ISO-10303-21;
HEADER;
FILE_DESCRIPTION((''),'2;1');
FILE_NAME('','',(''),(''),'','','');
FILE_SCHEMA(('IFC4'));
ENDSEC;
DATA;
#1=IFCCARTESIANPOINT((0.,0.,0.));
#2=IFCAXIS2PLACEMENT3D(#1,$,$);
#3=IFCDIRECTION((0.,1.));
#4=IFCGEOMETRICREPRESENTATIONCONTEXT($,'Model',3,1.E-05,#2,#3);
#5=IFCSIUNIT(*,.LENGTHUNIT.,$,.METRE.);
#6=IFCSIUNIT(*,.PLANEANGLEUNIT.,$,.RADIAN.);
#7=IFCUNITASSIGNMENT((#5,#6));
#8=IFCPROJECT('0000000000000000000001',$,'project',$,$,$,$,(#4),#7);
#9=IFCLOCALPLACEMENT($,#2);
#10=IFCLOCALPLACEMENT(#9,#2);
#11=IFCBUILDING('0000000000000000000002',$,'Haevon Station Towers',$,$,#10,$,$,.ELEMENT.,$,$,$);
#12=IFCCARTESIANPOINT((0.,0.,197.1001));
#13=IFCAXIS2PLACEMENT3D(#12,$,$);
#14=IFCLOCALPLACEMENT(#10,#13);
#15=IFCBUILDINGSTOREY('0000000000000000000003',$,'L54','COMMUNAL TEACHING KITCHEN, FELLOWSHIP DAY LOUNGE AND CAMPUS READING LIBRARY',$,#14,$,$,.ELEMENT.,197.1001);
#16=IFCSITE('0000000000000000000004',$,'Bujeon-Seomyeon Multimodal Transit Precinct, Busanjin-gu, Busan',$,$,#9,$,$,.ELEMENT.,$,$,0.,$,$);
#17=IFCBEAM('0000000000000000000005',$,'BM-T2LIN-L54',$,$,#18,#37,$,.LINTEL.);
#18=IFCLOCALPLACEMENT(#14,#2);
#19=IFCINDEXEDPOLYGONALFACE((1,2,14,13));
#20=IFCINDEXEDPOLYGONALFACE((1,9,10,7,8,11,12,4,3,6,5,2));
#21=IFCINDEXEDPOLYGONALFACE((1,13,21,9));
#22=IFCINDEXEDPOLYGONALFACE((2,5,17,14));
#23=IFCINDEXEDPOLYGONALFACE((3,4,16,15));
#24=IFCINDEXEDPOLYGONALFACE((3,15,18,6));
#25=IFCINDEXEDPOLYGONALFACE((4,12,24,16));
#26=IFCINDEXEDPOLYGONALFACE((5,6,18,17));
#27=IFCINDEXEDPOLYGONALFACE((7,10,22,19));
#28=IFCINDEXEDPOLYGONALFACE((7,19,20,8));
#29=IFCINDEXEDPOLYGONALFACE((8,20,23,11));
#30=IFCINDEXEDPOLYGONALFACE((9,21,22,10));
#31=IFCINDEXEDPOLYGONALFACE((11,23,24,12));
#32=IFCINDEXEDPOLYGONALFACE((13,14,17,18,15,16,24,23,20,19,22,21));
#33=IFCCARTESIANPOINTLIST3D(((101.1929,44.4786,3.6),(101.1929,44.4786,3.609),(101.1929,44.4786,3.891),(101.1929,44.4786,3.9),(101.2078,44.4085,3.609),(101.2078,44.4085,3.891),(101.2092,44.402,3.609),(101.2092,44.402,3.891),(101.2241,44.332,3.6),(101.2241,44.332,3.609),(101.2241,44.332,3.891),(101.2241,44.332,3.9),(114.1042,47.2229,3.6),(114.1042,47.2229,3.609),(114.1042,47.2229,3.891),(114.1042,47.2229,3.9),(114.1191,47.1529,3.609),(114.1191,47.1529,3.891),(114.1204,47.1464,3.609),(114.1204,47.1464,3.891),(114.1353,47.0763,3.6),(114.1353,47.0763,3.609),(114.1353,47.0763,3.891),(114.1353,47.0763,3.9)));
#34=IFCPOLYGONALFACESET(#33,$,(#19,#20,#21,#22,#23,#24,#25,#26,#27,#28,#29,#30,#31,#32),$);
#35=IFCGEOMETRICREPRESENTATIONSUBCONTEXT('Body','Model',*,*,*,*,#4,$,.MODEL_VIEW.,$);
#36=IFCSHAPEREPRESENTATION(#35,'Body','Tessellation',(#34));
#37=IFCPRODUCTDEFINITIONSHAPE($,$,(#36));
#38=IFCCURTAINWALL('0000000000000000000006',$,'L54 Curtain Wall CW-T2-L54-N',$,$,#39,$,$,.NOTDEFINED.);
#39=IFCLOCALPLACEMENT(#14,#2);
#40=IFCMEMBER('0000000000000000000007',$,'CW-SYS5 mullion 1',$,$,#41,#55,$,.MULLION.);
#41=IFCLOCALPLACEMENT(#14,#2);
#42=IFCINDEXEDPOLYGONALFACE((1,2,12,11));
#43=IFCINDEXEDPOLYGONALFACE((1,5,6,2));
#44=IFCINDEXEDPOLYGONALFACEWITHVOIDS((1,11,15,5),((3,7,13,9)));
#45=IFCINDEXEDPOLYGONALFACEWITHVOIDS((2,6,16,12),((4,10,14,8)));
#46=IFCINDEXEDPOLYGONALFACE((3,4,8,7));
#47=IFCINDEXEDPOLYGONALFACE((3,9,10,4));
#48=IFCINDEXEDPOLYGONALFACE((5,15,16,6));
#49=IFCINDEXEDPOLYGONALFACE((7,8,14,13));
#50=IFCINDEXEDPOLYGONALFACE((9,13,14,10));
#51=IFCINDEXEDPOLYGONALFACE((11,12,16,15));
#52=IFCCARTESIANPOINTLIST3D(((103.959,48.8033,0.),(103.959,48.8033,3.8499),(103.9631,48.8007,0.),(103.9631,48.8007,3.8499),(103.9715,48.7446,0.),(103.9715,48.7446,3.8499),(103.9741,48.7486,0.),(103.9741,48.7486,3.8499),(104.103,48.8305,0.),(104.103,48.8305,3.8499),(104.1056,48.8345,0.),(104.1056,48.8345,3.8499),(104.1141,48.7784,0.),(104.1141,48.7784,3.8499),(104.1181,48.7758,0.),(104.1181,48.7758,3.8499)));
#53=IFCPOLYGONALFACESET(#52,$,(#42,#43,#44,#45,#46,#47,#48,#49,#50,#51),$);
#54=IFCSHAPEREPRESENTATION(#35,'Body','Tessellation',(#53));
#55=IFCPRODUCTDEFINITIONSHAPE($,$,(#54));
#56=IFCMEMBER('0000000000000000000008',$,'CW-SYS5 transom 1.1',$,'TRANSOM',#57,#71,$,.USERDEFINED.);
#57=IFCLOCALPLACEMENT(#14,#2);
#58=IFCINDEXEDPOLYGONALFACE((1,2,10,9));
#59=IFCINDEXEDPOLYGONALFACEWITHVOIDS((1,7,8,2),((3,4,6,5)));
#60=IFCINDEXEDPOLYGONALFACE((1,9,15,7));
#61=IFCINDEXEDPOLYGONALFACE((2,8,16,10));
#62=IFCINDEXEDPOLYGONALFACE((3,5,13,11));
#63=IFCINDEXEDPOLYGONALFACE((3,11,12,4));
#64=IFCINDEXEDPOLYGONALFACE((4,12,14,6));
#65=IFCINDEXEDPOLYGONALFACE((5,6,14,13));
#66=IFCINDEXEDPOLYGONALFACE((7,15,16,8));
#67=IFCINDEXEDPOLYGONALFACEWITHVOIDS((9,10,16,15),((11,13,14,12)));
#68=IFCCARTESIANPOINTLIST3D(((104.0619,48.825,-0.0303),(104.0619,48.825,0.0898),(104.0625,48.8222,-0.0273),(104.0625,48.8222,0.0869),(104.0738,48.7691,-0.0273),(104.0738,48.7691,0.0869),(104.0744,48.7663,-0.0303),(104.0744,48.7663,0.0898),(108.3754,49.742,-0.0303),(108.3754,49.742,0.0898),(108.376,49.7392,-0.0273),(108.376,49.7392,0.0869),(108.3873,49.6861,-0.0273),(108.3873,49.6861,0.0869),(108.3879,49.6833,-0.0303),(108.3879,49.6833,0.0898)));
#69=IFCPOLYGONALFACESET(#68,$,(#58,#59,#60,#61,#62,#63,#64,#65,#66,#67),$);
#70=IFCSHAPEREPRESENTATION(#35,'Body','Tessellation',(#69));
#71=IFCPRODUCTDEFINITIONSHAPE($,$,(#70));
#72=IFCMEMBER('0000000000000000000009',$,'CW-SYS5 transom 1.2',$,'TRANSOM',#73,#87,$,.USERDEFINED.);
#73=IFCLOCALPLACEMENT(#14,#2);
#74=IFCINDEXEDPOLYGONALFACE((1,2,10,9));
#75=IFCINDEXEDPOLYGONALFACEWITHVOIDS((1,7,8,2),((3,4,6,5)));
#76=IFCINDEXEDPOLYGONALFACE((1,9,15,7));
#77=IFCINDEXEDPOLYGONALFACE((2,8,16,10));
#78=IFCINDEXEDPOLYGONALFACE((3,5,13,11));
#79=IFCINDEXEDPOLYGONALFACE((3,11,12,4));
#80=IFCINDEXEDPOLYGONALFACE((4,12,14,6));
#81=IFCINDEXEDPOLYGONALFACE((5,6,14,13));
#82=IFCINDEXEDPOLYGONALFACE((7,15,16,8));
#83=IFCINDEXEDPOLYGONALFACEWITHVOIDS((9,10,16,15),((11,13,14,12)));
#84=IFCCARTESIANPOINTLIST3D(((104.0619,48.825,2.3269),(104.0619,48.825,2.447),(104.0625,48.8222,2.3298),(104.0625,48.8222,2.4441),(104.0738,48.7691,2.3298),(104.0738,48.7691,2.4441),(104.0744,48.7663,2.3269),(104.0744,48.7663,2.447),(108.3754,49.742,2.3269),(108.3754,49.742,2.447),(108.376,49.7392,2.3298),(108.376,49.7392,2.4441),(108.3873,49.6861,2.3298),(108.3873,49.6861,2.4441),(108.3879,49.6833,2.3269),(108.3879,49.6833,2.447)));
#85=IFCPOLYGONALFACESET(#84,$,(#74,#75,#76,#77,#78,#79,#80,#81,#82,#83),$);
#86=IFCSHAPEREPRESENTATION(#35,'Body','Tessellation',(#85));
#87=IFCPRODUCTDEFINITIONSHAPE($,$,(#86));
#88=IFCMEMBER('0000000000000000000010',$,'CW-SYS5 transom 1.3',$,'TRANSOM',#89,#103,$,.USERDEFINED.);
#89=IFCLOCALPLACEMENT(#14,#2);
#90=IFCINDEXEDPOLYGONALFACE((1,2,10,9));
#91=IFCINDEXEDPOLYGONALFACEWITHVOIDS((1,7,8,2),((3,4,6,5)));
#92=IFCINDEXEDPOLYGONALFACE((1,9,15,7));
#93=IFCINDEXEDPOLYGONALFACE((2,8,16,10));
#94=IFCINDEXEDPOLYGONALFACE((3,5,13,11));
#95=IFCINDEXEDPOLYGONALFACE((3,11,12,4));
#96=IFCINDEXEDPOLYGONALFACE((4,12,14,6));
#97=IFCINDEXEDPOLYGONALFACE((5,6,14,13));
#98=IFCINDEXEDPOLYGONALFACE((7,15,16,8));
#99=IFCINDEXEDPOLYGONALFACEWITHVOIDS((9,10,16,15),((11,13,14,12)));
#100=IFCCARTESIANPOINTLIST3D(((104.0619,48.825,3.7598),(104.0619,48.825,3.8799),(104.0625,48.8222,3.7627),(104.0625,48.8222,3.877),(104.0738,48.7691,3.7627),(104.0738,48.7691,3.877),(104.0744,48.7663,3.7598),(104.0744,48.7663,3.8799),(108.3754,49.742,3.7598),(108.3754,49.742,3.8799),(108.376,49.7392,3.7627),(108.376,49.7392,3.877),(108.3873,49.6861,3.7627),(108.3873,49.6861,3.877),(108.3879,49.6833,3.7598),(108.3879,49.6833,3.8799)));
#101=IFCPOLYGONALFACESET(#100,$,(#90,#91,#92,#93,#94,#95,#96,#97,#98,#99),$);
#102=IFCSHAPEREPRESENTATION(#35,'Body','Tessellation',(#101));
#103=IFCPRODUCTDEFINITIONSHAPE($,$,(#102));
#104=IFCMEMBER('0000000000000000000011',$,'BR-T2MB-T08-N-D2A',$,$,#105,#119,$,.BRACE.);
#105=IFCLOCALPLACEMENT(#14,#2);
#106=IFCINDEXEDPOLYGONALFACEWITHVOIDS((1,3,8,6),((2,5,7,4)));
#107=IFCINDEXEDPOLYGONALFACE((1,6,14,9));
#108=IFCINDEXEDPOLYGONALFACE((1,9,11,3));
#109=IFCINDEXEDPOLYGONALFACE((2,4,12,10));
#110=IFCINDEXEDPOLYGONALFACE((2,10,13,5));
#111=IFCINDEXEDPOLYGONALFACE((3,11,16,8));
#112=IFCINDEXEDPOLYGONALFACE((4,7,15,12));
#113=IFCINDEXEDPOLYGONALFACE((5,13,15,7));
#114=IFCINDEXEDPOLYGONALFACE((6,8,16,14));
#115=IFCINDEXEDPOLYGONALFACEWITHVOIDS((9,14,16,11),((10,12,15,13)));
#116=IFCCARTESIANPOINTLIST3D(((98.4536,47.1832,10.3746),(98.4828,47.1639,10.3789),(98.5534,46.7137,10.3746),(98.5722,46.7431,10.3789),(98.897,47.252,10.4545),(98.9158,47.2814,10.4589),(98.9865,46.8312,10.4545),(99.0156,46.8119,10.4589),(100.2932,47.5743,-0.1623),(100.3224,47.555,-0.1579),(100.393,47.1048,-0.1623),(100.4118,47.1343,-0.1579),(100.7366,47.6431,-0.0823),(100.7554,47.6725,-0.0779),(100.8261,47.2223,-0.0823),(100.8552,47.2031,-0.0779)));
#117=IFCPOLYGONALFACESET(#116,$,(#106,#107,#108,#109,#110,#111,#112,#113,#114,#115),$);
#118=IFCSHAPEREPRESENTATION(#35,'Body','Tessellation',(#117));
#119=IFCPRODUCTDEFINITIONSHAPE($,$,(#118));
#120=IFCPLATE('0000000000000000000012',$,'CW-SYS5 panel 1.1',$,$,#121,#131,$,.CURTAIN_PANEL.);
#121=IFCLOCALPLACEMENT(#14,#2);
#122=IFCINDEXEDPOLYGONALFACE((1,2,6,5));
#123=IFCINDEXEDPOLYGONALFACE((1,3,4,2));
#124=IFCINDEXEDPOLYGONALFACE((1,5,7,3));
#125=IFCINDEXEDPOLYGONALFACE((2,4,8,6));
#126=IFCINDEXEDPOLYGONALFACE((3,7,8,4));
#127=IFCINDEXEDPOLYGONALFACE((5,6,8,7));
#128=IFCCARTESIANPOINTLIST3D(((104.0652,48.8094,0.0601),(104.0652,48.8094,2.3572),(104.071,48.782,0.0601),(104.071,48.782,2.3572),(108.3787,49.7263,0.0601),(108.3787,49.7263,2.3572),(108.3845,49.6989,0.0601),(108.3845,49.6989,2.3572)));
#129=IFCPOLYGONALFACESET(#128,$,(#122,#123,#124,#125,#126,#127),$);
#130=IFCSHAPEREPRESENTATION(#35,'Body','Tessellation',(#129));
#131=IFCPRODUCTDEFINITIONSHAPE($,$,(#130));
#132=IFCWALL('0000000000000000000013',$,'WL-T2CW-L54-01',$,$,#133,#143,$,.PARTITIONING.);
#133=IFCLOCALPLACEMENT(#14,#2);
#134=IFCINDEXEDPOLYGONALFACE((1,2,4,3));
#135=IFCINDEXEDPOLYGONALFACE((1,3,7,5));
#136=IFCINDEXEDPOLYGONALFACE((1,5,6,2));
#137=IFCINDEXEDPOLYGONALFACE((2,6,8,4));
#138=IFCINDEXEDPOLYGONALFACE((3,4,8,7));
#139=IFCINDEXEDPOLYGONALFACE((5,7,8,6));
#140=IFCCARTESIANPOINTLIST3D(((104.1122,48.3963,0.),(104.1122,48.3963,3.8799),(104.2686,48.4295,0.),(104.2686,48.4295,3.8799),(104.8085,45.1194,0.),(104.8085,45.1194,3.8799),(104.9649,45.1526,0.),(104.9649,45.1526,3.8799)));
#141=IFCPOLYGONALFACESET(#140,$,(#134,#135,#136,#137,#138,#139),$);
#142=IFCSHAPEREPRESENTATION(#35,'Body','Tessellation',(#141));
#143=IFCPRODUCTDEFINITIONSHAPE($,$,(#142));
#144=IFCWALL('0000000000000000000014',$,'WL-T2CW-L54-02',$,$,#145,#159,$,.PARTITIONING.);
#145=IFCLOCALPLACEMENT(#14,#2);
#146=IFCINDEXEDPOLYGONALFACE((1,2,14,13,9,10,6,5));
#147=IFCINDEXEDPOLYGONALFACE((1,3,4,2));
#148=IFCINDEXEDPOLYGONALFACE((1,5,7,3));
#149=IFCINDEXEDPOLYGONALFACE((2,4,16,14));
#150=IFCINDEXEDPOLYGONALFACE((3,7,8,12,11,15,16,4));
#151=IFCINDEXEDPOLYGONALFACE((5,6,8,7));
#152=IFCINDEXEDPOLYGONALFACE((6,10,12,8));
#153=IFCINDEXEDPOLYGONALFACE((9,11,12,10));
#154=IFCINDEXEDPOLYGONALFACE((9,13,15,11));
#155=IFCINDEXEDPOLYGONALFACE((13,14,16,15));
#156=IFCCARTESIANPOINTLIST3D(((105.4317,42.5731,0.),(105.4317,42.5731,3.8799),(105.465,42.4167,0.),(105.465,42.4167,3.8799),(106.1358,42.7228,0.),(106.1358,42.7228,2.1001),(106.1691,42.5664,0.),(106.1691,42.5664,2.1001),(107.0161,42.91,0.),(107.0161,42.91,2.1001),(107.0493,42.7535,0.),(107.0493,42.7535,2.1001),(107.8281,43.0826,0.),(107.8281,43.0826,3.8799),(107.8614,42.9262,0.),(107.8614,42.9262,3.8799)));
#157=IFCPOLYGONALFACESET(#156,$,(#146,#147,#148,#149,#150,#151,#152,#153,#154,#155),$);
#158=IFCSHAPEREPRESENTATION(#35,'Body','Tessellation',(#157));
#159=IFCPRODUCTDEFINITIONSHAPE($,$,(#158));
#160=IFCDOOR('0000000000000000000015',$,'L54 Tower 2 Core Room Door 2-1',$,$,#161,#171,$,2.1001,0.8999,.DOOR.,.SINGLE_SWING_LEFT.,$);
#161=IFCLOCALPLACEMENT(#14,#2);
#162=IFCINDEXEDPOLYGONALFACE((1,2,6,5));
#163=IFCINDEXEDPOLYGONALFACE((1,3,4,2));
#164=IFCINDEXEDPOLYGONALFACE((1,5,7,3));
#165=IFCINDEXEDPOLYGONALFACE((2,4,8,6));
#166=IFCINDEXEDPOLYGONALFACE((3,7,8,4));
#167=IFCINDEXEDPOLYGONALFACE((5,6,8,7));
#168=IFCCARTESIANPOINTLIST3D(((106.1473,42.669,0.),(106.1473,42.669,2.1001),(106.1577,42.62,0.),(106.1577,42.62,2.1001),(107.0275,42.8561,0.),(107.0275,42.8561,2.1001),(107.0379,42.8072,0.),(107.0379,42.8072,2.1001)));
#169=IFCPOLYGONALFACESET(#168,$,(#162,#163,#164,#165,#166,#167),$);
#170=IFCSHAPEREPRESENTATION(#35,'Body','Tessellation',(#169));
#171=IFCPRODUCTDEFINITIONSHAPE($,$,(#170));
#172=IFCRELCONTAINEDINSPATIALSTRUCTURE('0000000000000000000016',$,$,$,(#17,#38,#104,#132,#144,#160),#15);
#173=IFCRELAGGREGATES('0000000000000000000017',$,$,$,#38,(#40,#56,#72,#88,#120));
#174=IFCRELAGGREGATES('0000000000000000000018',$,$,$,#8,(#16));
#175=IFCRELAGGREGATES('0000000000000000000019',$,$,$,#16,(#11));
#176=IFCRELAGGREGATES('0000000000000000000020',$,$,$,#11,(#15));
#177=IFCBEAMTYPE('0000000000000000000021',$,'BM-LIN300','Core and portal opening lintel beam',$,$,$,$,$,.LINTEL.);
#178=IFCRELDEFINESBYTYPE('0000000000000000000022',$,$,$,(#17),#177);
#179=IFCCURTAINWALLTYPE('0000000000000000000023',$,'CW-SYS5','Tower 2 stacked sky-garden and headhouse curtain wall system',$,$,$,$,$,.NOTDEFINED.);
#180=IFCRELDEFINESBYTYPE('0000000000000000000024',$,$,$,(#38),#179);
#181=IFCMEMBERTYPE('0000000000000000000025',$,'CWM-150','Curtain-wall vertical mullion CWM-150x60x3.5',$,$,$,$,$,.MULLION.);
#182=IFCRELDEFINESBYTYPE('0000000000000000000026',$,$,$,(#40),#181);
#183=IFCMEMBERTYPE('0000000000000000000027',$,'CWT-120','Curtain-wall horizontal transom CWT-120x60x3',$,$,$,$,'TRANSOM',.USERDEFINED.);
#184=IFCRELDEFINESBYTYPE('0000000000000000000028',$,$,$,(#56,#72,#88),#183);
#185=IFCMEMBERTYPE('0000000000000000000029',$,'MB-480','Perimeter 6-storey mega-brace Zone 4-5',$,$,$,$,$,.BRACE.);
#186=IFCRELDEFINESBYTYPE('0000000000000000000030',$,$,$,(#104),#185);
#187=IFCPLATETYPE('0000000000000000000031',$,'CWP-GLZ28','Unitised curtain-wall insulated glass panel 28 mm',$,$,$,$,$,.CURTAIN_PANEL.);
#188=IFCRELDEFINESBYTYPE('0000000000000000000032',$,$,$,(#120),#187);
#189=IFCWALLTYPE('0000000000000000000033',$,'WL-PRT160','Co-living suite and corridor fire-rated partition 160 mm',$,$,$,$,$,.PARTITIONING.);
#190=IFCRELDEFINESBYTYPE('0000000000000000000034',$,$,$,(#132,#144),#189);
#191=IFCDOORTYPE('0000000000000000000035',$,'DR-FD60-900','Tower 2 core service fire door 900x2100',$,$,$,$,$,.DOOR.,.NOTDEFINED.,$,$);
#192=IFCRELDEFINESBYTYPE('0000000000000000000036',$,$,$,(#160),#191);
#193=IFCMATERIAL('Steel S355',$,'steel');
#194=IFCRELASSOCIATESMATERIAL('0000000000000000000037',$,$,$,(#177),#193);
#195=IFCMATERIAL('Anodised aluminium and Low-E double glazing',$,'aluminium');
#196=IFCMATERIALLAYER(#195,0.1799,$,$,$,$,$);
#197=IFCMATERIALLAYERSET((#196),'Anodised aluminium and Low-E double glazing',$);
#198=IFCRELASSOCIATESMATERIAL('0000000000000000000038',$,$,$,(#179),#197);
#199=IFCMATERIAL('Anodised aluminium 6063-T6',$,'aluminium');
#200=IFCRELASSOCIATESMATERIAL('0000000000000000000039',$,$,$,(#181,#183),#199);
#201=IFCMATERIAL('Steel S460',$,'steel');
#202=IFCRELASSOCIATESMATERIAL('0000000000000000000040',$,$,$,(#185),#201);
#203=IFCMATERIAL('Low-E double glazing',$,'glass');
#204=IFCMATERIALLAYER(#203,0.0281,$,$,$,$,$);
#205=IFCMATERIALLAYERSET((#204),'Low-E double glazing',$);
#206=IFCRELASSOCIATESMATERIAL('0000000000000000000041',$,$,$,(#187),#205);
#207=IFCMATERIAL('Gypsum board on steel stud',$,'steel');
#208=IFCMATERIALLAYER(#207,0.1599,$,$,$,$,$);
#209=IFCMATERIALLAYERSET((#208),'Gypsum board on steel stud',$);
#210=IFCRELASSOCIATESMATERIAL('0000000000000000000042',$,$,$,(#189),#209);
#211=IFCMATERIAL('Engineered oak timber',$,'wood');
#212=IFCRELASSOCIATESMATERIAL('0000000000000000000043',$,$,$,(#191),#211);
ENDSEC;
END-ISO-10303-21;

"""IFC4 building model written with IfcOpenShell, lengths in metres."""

from ifc_helpers import new_model, si_unit, direction, frame, frame_2d, origin, origin_2d, place, context, subcontext, project, spatial, rectangle, hollow_rectangle, i_section, extrude, material, layer, layer_set, material_profile, profile_set, type_object, element, fill, aggregate, save


model = new_model("IFC4")

# Units and contexts
model_context = context("Model", 3, precision=1e-05, world=origin(), true_north=direction((0.0, 1.0)))
body_context = subcontext(model_context, "Body", "Model", "MODEL_VIEW")
ifc_project = project(units=[si_unit("LENGTHUNIT", "METRE"), si_unit("PLANEANGLEUNIT", "RADIAN")], contexts=[model_context])

# Site, building, storey
site_placement = place(None, origin())
site = spatial("IfcSite", under=ifc_project, at=site_placement, Name="Bujeon-Seomyeon Multimodal Transit Precinct, Busanjin-gu, Busan", CompositionType="ELEMENT", RefElevation=0.0)
building_placement = place(site_placement, origin())
building = spatial("IfcBuilding", under=site, at=building_placement, Name="Haevon Station Towers", CompositionType="ELEMENT")
storey_placement = place(building_placement, frame((0.0, 0.0, 197.1001)))
storey = spatial("IfcBuildingStorey", under=building, at=storey_placement, Name="L54", Description="COMMUNAL TEACHING KITCHEN, FELLOWSHIP DAY LOUNGE AND CAMPUS READING LIBRARY", CompositionType="ELEMENT", Elevation=197.1001)

# Beam
ifc_material_1 = material(Name="Steel S355", Category="steel")
ifc_material_profile_1 = material_profile(ifc_material_1, i_section(OverallWidth=0.1499, OverallDepth=0.3, WebThickness=0.0066, FlangeThickness=0.009, at=origin_2d()), Name="H-300x150x6.5x9")
ifc_profile_set_1 = profile_set([ifc_material_profile_1], Name="Steel S355")
beam_type = type_object("IfcBeamType", Name="BM-LIN300", Description="Core and portal opening lintel beam", PredefinedType="LINTEL", material=ifc_profile_set_1)
beam_placement = place(storey_placement, frame((101.2085, 44.4053, 3.75), z_axis=(0.978148, 0.207911, 0.0), x_axis=(-0.207911, 0.978148, 0.0)))
element("IfcBeam", 1, at=beam_placement, inside=storey, type_object=beam_type, Name="BM-T2LIN-L54", PredefinedType="LINTEL", context=body_context, shape_type="SweptSolid", body=[
    extrude(i_section(OverallWidth=0.1499, OverallDepth=0.3, WebThickness=0.0066, FlangeThickness=0.009, at=origin_2d()), origin(), (0.0, 0.0, 1.0), 13.1997),
])

# Curtain wall, members
ifc_material_2 = material(Name="Anodised aluminium and Low-E double glazing", Category="aluminium")
ifc_layer_1 = layer(ifc_material_2, 0.1799)
ifc_layer_set_1 = layer_set([ifc_layer_1], Name="Anodised aluminium and Low-E double glazing")
curtain_wall_type = type_object("IfcCurtainWallType", Name="CW-SYS5", Description="Tower 2 stacked sky-garden and headhouse curtain wall system", PredefinedType="NOTDEFINED", material=ifc_layer_set_1)
curtain_wall_placement = place(storey_placement, origin())
curtain_wall = element("IfcCurtainWall", 2, at=curtain_wall_placement, inside=storey, type_object=curtain_wall_type, Name="L54 Curtain Wall CW-T2-L54-N", PredefinedType="NOTDEFINED")
ifc_material_3 = material(Name="Anodised aluminium 6063-T6", Category="aluminium")
ifc_material_profile_2 = material_profile(ifc_material_3, hollow_rectangle(XDim=0.0601, YDim=0.1499, WallThickness=0.0034, at=origin_2d()), Name="CWM-150x60x3.5")
ifc_profile_set_2 = profile_set([ifc_material_profile_2], Name="Anodised aluminium 6063-T6")
member_type_1 = type_object("IfcMemberType", Name="CWM-150", Description="Curtain-wall vertical mullion CWM-150x60x3.5", PredefinedType="MULLION", material=ifc_profile_set_2)
member_1_placement = place(storey_placement, frame((104.0386, 48.7896, 0.0), z_axis=(0.0, 0.0, 1.0), x_axis=(-0.207912, 0.978148, 0.0)))
member_1 = element("IfcMember", 3, at=member_1_placement, type_object=member_type_1, Name="CW-SYS5 mullion 1", PredefinedType="MULLION", context=body_context, shape_type="SweptSolid", body=[
    extrude(hollow_rectangle(XDim=0.0601, YDim=0.1499, WallThickness=0.0034, at=origin_2d()), origin(), (0.0, 0.0, 1.0), 3.8499),
])
ifc_material_profile_3 = material_profile(ifc_material_3, hollow_rectangle(XDim=0.0601, YDim=0.1201, WallThickness=0.0029, at=origin_2d()), Name="CWT-120x60x3")
ifc_profile_set_3 = profile_set([ifc_material_profile_3], Name="Anodised aluminium 6063-T6")
member_type_2 = type_object("IfcMemberType", Name="CWT-120", Description="Curtain-wall horizontal transom CWT-120x60x3", ElementType="TRANSOM", PredefinedType="USERDEFINED", material=ifc_profile_set_3)
member_2_placement = place(storey_placement, frame((104.0681, 48.7957, 0.0298), z_axis=(0.978141, 0.207941, 0.0), x_axis=(-0.207941, 0.978141, 0.0)))
member_2 = element("IfcMember", 4, at=member_2_placement, type_object=member_type_2, Name="CW-SYS5 transom 1.1", ObjectType="TRANSOM", PredefinedType="USERDEFINED", context=body_context, shape_type="SweptSolid", body=[
    extrude(hollow_rectangle(XDim=0.0601, YDim=0.1201, WallThickness=0.0029, at=origin_2d()), origin(), (0.0, 0.0, 1.0), 4.4099),
])
member_3_placement = place(storey_placement, frame((104.0681, 48.7957, 2.387), z_axis=(0.978141, 0.207941, 0.0), x_axis=(-0.207941, 0.978141, 0.0)))
member_3 = element("IfcMember", 5, at=member_3_placement, type_object=member_type_2, Name="CW-SYS5 transom 1.2", ObjectType="TRANSOM", PredefinedType="USERDEFINED", context=body_context, shape_type="SweptSolid", body=[
    extrude(hollow_rectangle(XDim=0.0601, YDim=0.1201, WallThickness=0.0029, at=origin_2d()), origin(), (0.0, 0.0, 1.0), 4.4099),
])
member_4_placement = place(storey_placement, frame((104.0681, 48.7957, 3.8198), z_axis=(0.978141, 0.207941, 0.0), x_axis=(-0.207941, 0.978141, 0.0)))
member_4 = element("IfcMember", 6, at=member_4_placement, type_object=member_type_2, Name="CW-SYS5 transom 1.3", ObjectType="TRANSOM", PredefinedType="USERDEFINED", context=body_context, shape_type="SweptSolid", body=[
    extrude(hollow_rectangle(XDim=0.0601, YDim=0.1201, WallThickness=0.0029, at=origin_2d()), origin(), (0.0, 0.0, 1.0), 4.4099),
])

# Member
ifc_material_4 = material(Name="Steel S460", Category="steel")
ifc_material_profile_4 = material_profile(ifc_material_4, hollow_rectangle(XDim=0.48, YDim=0.48, WallThickness=0.0249, at=origin_2d()), Name="RHS-480x480x25")
ifc_profile_set_4 = profile_set([ifc_material_profile_4], Name="Steel S460")
member_type_3 = type_object("IfcMemberType", Name="MB-480", Description="Perimeter 6-storey mega-brace Zone 4-5", PredefinedType="BRACE", material=ifc_profile_set_4)
member_5_placement = place(storey_placement, frame((100.5742, 47.3887, -0.1201), z_axis=(-0.171871, -0.036541, 0.984442), x_axis=(0.20796, -0.978137, 0.0)))
element("IfcMember", 7, at=member_5_placement, inside=storey, type_object=member_type_3, Name="BR-T2MB-T08-N-D2A", PredefinedType="BRACE", context=body_context, shape_type="SweptSolid", body=[
    extrude(hollow_rectangle(XDim=0.48, YDim=0.48, WallThickness=0.0249, at=origin_2d()), origin(), (0.0, 0.0, 1.0), 10.7034),
])

# Plate
ifc_material_5 = material(Name="Low-E double glazing", Category="glass")
ifc_layer_2 = layer(ifc_material_5, 0.0281)
ifc_layer_set_2 = layer_set([ifc_layer_2], Name="Low-E double glazing")
plate_type = type_object("IfcPlateType", Name="CWP-GLZ28", Description="Unitised curtain-wall insulated glass panel 28 mm", PredefinedType="CURTAIN_PANEL", material=ifc_layer_set_2)
plate_placement = place(storey_placement, frame((106.2249, 49.2542, 0.0601), z_axis=(0.0, 0.0, 1.0), x_axis=(0.978148, 0.207912, 0.0)))
plate = element("IfcPlate", 8, at=plate_placement, type_object=plate_type, Name="CW-SYS5 panel 1.1", PredefinedType="CURTAIN_PANEL", context=body_context, shape_type="SweptSolid", body=[
    extrude(rectangle(XDim=4.4099, YDim=0.0281, at=origin_2d()), origin(), (0.0, 0.0, 1.0), 2.2971),
])
aggregate(curtain_wall, [member_1, member_2, member_3, member_4, plate])

# Wall
ifc_material_6 = material(Name="Gypsum board on steel stud", Category="steel")
ifc_layer_3 = layer(ifc_material_6, 0.1599)
ifc_layer_set_3 = layer_set([ifc_layer_3], Name="Gypsum board on steel stud")
wall_type_1 = type_object("IfcWallType", Name="WL-PRT160", Description="Co-living suite and corridor fire-rated partition 160 mm", PredefinedType="PARTITIONING", material=ifc_layer_set_3)
wall_1_placement = place(storey_placement, frame((104.8867, 45.136, 0.0), z_axis=(0.0, 0.0, 1.0), x_axis=(-0.207847, 0.978161, 0.0)))
element("IfcWall", 9, at=wall_1_placement, inside=storey, type_object=wall_type_1, Name="WL-T2CW-L54-01", PredefinedType="PARTITIONING", context=body_context, shape_type="SweptSolid", body=[
    extrude(rectangle(XDim=3.3501, YDim=0.1599, at=frame_2d((1.675, 0.0))), origin(), (0.0, 0.0, 1.0), 3.8799),
])

# Wall, opening, door
wall_2_placement = place(storey_placement, frame((105.4482, 42.4949, 0.0), z_axis=(0.0, 0.0, 1.0), x_axis=(0.978137, 0.207964, 0.0)))
wall_2 = element("IfcWall", 10, at=wall_2_placement, inside=storey, type_object=wall_type_1, Name="WL-T2CW-L54-02", PredefinedType="PARTITIONING", context=body_context, shape_type="SweptSolid", body=[
    extrude(rectangle(XDim=2.45, YDim=0.1599, at=frame_2d((1.2251, 0.0))), origin(), (0.0, 0.0, 1.0), 3.8799),
])
opening_1_placement = place(wall_2_placement, frame((0.72, 0.0, 0.0)))
opening_1 = element("IfcOpeningElement", 11, at=opening_1_placement, cuts=wall_2, PredefinedType="OPENING", context=body_context, shape_type="SweptSolid", body=[
    extrude(rectangle(XDim=0.8999, YDim=2.1001, at=frame_2d((0.45, 1.05))), frame((0.0, 0.0898, 0.0), z_axis=(0.0, -1.0, 0.0), x_axis=(1.0, 0.0, 0.0)), (0.0, 0.0, 1.0), 0.1799),
])
ifc_material_7 = material(Name="Engineered oak timber", Category="wood")
door_type_1 = type_object("IfcDoorType", Name="DR-FD60-900", Description="Tower 2 core service fire door 900x2100", OperationType="NOTDEFINED", PredefinedType="DOOR", material=ifc_material_7)
door_1_placement = place(opening_1_placement, origin())
door_1 = element("IfcDoor", 12, at=door_1_placement, inside=storey, type_object=door_type_1, Name="L54 Tower 2 Core Room Door 2-1", OperationType="SINGLE_SWING_LEFT", OverallHeight=2.1001, OverallWidth=0.8999, PredefinedType="DOOR", context=body_context, shape_type="SweptSolid", body=[
    extrude(rectangle(XDim=0.8999, YDim=2.1001, at=frame_2d((0.45, 1.05))), frame((0.0, 0.0249, 0.0), z_axis=(0.0, -1.0, 0.0), x_axis=(1.0, 0.0, 0.0)), (0.0, 0.0, 1.0), 0.05),
])
fill(opening_1, door_1)

save(model, "model.ifc")
